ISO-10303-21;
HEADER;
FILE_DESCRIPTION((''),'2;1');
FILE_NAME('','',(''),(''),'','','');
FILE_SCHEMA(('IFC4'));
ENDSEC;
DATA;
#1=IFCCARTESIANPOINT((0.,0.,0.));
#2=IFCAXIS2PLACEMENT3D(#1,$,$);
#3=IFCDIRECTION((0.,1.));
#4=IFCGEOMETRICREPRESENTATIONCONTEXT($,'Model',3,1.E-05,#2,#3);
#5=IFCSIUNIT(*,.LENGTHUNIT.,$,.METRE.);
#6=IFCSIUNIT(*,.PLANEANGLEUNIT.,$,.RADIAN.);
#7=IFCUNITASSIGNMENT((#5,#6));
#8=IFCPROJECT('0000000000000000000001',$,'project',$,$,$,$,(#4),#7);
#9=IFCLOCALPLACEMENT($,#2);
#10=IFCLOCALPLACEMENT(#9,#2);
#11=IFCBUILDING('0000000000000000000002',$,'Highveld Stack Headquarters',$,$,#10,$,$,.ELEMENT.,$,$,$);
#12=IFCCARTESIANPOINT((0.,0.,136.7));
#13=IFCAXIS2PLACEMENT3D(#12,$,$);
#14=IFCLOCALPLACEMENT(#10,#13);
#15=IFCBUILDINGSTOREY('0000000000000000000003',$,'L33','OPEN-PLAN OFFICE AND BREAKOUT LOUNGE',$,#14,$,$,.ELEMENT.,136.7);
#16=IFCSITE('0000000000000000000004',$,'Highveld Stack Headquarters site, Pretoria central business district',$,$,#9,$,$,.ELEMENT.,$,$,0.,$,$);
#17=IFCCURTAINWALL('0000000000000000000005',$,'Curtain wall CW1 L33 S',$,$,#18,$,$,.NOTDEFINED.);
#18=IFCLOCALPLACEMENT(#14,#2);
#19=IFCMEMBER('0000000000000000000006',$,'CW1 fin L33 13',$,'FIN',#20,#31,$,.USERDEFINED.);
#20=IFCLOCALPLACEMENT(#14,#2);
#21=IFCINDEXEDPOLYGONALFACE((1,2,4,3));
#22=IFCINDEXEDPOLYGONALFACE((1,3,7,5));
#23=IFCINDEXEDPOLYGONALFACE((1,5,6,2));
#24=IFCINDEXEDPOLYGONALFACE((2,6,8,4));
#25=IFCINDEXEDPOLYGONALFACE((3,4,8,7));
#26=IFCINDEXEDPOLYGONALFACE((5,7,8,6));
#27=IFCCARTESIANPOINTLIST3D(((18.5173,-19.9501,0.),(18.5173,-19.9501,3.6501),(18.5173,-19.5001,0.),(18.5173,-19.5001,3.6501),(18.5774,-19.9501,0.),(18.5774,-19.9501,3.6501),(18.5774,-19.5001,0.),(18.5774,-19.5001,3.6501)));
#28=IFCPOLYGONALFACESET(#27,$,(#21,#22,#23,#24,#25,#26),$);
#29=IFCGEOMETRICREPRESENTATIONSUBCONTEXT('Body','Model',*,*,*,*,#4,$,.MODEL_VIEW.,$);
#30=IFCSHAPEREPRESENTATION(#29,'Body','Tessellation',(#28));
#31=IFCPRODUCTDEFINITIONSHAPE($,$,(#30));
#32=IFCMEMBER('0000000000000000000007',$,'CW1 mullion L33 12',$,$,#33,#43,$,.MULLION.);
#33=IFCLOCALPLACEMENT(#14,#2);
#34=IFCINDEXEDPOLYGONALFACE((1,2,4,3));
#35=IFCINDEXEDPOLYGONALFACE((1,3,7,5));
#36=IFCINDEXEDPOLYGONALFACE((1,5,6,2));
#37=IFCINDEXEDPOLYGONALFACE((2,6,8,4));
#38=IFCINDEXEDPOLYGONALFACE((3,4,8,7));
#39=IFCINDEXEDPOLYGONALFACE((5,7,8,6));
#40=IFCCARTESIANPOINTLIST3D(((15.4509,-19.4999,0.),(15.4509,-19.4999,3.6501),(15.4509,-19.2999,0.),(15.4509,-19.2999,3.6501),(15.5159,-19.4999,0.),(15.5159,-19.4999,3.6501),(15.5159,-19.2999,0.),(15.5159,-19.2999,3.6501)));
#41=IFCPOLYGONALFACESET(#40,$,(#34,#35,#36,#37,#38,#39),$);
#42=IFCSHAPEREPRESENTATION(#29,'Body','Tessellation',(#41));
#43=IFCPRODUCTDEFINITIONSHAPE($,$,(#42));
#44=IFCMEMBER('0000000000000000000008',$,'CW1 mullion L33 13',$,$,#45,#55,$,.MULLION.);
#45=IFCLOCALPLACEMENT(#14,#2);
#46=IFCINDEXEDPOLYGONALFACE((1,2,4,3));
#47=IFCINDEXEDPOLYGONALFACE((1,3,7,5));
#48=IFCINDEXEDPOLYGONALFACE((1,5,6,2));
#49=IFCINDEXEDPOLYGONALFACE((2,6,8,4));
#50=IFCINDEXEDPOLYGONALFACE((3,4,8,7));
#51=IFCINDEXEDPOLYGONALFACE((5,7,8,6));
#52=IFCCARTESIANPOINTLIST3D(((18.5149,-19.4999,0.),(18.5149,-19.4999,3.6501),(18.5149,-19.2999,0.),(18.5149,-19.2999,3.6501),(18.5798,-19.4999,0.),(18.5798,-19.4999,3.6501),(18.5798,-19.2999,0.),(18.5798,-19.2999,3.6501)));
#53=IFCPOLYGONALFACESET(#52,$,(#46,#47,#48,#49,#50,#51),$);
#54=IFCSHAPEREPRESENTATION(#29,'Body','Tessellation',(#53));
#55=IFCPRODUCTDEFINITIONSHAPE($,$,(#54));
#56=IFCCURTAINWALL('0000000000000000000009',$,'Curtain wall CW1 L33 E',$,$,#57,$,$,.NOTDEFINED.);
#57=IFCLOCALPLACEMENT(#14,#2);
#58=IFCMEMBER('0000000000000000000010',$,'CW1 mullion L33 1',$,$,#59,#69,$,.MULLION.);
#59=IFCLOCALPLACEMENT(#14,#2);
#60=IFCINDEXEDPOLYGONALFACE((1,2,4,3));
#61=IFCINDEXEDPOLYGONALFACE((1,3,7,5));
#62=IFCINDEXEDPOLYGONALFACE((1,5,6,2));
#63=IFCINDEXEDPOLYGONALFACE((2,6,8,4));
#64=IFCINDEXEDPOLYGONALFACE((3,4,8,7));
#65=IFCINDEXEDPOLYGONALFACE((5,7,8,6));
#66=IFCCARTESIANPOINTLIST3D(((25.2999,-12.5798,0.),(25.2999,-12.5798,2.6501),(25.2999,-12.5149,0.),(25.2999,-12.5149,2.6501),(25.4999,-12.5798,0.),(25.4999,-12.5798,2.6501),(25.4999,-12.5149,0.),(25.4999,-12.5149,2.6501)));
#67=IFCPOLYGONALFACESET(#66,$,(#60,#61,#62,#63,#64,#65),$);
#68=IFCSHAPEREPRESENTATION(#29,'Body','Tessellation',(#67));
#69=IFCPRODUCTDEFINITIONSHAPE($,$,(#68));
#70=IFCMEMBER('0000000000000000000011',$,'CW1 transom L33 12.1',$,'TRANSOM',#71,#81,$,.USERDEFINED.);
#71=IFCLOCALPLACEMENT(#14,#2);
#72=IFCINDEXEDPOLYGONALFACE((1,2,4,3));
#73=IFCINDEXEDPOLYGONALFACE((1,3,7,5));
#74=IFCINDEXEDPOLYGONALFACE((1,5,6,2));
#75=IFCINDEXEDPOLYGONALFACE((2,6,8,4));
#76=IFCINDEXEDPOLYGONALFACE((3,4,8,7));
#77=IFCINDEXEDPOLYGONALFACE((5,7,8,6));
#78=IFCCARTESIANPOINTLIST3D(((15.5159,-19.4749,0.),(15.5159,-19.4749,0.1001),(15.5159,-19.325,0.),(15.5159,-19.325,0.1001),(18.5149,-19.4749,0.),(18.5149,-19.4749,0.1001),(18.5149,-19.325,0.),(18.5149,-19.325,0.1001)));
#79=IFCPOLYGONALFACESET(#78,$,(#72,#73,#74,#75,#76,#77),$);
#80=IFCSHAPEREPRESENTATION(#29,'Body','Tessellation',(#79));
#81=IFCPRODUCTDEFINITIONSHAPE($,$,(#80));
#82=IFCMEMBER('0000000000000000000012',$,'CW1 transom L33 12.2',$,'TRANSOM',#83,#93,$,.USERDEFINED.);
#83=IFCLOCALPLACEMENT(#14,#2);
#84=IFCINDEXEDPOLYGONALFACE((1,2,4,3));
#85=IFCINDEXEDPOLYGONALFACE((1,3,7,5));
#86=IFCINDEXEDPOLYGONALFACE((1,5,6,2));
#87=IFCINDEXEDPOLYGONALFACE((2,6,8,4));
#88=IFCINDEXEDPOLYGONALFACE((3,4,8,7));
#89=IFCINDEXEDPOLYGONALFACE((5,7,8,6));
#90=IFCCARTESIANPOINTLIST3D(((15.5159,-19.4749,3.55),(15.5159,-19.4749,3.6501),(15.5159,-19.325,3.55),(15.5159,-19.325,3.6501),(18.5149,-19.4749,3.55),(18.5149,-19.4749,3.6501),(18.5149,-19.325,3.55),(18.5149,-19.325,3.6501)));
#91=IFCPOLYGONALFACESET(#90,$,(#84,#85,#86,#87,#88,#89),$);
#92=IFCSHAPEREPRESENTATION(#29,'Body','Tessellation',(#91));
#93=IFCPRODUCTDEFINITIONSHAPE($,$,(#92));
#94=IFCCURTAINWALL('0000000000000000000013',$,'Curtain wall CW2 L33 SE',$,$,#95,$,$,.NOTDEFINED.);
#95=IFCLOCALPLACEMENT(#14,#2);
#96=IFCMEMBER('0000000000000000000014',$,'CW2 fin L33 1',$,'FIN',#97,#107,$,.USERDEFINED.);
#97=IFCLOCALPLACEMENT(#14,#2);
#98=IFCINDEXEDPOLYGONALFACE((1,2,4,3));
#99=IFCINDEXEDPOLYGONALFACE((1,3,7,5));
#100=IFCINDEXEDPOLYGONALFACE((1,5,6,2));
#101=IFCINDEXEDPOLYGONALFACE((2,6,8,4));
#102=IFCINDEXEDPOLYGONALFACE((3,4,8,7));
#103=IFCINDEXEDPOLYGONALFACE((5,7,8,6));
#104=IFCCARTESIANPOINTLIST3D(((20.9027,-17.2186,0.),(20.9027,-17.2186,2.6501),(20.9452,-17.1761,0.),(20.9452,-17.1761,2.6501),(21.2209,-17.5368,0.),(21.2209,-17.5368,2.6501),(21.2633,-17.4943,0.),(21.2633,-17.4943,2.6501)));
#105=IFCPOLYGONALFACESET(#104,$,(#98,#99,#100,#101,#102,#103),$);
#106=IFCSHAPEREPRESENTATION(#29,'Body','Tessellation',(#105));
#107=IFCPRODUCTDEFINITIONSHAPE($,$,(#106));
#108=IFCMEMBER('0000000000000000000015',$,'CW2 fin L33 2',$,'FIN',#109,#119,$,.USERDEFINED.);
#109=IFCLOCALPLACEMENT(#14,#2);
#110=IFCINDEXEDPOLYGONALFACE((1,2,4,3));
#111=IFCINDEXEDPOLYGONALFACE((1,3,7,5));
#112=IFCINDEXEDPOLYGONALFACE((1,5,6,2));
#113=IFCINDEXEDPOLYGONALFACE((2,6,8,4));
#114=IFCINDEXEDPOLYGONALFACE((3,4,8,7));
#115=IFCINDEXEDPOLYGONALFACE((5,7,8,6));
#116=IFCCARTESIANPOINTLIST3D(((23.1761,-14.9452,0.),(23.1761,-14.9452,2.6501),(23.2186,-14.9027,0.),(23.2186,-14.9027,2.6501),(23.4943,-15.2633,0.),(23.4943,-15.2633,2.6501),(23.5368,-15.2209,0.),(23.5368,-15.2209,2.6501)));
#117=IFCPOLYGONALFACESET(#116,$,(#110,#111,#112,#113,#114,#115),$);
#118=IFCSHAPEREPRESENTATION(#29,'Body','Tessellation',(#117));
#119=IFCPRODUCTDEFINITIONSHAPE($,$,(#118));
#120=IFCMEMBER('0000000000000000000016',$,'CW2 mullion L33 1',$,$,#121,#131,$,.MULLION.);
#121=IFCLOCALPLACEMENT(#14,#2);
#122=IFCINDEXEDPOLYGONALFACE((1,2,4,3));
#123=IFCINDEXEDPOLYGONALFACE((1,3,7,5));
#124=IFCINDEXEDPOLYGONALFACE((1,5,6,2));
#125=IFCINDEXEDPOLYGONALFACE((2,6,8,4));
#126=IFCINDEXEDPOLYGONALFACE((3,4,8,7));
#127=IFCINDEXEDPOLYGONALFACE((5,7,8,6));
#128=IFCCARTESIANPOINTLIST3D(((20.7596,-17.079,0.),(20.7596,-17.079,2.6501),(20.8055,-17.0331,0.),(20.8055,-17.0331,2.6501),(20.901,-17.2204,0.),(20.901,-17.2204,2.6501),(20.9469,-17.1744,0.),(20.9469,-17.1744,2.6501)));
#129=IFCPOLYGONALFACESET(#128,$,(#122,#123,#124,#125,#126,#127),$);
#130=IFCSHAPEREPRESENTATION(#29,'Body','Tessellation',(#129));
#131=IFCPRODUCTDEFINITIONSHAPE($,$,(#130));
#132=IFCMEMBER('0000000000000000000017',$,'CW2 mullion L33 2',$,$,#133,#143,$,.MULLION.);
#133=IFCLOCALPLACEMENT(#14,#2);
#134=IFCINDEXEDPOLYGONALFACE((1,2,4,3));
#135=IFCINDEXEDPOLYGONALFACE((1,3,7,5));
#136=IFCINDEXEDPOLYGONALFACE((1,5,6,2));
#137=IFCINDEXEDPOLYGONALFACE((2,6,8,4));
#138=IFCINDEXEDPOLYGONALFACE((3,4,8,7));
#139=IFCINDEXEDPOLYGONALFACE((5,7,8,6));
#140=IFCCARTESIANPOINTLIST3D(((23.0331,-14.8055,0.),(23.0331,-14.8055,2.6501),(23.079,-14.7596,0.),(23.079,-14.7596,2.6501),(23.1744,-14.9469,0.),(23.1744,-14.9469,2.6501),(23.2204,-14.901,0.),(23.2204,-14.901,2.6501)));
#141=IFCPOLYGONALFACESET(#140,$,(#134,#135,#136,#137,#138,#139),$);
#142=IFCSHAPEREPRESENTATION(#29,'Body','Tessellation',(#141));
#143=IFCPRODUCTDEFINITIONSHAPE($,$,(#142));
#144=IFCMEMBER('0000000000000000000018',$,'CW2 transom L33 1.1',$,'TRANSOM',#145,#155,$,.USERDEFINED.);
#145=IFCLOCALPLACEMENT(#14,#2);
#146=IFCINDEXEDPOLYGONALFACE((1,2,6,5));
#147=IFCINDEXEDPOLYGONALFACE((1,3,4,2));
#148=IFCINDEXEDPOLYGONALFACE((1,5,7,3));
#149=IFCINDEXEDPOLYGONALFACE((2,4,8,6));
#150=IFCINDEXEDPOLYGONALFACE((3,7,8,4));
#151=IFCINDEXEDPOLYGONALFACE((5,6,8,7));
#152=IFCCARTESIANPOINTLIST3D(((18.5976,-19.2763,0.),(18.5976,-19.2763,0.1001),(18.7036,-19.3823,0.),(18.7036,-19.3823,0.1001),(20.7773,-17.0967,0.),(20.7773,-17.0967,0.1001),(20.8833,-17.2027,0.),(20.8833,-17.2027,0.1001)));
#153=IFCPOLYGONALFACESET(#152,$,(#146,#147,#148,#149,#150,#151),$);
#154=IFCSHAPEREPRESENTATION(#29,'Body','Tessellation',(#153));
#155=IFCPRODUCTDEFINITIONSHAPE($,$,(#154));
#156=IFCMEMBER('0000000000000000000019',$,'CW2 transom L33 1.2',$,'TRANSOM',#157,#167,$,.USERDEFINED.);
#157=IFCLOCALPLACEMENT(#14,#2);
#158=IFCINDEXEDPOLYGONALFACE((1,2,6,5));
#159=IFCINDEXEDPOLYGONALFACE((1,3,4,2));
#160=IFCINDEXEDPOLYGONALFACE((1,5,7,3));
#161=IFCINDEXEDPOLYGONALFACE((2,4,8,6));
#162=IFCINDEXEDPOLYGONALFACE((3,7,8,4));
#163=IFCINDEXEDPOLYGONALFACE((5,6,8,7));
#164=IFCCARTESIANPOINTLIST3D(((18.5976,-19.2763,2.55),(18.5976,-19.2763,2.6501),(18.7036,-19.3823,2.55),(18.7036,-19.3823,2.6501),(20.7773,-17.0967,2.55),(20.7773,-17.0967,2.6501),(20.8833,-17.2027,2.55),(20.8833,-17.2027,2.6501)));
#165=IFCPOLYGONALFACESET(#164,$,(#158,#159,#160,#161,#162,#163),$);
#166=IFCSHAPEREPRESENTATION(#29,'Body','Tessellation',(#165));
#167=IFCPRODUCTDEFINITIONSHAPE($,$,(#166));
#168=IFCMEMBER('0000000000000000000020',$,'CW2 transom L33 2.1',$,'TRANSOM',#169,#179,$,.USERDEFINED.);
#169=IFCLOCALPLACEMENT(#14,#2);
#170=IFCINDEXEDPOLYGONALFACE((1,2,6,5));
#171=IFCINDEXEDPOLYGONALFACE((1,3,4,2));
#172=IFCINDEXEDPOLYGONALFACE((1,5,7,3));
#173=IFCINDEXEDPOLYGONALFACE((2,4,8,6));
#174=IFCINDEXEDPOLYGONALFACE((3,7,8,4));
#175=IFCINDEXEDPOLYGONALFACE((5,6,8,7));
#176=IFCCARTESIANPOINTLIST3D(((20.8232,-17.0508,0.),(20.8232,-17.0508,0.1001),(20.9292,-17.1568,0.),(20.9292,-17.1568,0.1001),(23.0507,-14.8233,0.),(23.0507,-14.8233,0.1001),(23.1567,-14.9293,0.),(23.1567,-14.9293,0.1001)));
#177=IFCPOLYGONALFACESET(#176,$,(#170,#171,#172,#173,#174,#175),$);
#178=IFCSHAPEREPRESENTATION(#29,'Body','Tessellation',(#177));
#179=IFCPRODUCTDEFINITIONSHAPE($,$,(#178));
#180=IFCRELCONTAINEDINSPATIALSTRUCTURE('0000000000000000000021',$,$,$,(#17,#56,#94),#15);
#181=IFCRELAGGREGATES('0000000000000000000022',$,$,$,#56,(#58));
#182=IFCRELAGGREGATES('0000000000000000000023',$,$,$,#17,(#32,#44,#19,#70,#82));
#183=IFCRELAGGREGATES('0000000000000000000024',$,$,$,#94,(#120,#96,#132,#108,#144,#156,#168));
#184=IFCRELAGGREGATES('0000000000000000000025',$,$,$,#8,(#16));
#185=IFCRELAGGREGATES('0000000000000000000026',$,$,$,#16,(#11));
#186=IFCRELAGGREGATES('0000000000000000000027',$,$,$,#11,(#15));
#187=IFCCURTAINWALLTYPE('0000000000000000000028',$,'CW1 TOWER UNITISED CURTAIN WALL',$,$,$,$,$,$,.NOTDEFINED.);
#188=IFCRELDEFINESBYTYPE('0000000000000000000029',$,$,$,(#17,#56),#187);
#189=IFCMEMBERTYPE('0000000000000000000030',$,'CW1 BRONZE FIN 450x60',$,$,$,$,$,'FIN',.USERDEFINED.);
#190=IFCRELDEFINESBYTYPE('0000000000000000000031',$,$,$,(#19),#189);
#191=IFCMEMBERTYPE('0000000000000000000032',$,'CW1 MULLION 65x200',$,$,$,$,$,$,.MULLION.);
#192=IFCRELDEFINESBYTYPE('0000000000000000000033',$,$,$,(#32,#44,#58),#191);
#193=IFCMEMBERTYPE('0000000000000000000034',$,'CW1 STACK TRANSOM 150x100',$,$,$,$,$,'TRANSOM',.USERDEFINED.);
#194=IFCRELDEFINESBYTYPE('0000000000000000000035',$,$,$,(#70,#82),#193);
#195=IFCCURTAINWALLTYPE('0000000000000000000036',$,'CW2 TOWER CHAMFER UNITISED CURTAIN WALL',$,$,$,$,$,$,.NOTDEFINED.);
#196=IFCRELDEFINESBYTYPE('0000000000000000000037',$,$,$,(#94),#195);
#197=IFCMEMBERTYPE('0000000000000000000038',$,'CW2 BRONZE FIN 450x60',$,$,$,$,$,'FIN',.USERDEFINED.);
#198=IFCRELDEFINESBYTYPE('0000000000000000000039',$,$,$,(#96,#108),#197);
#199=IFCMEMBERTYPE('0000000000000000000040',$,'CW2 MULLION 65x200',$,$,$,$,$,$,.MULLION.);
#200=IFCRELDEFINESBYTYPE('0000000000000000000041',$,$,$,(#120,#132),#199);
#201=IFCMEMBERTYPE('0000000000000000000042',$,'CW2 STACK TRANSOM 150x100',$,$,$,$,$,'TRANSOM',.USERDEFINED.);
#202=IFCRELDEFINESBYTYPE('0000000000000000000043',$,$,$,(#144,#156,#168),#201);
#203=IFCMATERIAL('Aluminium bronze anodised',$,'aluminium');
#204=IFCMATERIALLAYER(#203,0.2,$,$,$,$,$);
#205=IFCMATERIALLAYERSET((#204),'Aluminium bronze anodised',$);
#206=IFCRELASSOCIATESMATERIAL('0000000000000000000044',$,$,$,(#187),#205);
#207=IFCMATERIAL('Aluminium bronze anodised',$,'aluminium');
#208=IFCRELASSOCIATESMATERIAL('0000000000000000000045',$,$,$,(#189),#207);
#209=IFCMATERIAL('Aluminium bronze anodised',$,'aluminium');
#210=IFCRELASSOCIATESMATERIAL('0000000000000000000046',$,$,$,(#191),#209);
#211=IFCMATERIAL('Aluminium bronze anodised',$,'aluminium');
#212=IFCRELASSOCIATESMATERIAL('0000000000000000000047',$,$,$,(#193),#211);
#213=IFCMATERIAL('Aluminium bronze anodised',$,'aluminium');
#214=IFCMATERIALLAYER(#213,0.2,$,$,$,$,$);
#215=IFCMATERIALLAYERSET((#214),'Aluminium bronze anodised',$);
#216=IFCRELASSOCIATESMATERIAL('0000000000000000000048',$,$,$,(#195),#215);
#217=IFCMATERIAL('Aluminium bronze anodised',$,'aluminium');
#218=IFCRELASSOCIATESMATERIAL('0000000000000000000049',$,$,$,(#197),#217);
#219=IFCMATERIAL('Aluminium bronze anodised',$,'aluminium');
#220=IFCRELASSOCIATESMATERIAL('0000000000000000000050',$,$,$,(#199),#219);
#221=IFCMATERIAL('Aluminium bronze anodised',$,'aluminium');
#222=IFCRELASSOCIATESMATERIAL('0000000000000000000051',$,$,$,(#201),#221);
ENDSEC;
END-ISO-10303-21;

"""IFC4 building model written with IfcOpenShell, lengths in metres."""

from ifc_helpers import new_model, si_unit, direction, frame, origin, origin_2d, place, context, subcontext, project, spatial, rectangle, extrude, material, layer, layer_set, material_profile, profile_set, type_object, element, aggregate, save


model = new_model("IFC4")

# Units and contexts
model_context = context("Model", 3, precision=1e-05, world=origin(), true_north=direction((0.0, 1.0)))
body_context = subcontext(model_context, "Body", "Model", "MODEL_VIEW")
ifc_project = project(units=[si_unit("LENGTHUNIT", "METRE"), si_unit("PLANEANGLEUNIT", "RADIAN")], contexts=[model_context])

# Site, building, storey
site_placement = place(None, origin())
site = spatial("IfcSite", under=ifc_project, at=site_placement, Name="Highveld Stack Headquarters site, Pretoria central business district", CompositionType="ELEMENT", RefElevation=0.0)
building_placement = place(site_placement, origin())
building = spatial("IfcBuilding", under=site, at=building_placement, Name="Highveld Stack Headquarters", CompositionType="ELEMENT")
storey_placement = place(building_placement, frame((0.0, 0.0, 136.7)))
storey = spatial("IfcBuildingStorey", under=building, at=storey_placement, Name="L33", Description="OPEN-PLAN OFFICE AND BREAKOUT LOUNGE", CompositionType="ELEMENT", Elevation=136.7)

# Curtain wall, members
ifc_material_1 = material(Name="Aluminium bronze anodised", Category="aluminium")
ifc_layer_1 = layer(ifc_material_1, 0.2)
ifc_layer_set_1 = layer_set([ifc_layer_1], Name="Aluminium bronze anodised")
curtain_wall_type_1 = type_object("IfcCurtainWallType", Name="CW1 TOWER UNITISED CURTAIN WALL", PredefinedType="NOTDEFINED", material=ifc_layer_set_1)
curtain_wall_1_placement = place(storey_placement, origin())
curtain_wall_1 = element("IfcCurtainWall", 1, at=curtain_wall_1_placement, inside=storey, type_object=curtain_wall_type_1, Name="Curtain wall CW1 L33 S", PredefinedType="NOTDEFINED")
ifc_material_2 = material(Name="Aluminium bronze anodised", Category="aluminium")
ifc_material_profile_1 = material_profile(ifc_material_2, rectangle(XDim=0.45, YDim=0.0601, at=origin_2d()), Name="FIN 450x60")
ifc_profile_set_1 = profile_set([ifc_material_profile_1], Name="Aluminium bronze anodised")
member_type_1 = type_object("IfcMemberType", Name="CW1 BRONZE FIN 450x60", ElementType="FIN", PredefinedType="USERDEFINED", material=ifc_profile_set_1)
member_1_placement = place(storey_placement, frame((18.5474, -19.7251, 0.0), z_axis=(0.0, 0.0, 1.0), x_axis=(0.0, 1.0, 0.0)))
member_1 = element("IfcMember", 2, at=member_1_placement, type_object=member_type_1, Name="CW1 fin L33 13", ObjectType="FIN", PredefinedType="USERDEFINED", context=body_context, shape_type="SweptSolid", body=[
    extrude(rectangle(XDim=0.45, YDim=0.0601, at=origin_2d()), origin(), (0.0, 0.0, 1.0), 3.6501),
])
ifc_material_3 = material(Name="Aluminium bronze anodised", Category="aluminium")
ifc_material_profile_2 = material_profile(ifc_material_3, rectangle(XDim=0.2, YDim=0.0649, at=origin_2d()), Name="CW1 MULLION 65x200")
ifc_profile_set_2 = profile_set([ifc_material_profile_2], Name="Aluminium bronze anodised")
member_type_2 = type_object("IfcMemberType", Name="CW1 MULLION 65x200", PredefinedType="MULLION", material=ifc_profile_set_2)
member_2_placement = place(storey_placement, frame((15.4834, -19.3999, 0.0), z_axis=(0.0, 0.0, 1.0), x_axis=(0.0, 1.0, 0.0)))
member_2 = element("IfcMember", 3, at=member_2_placement, type_object=member_type_2, Name="CW1 mullion L33 12", PredefinedType="MULLION", context=body_context, shape_type="SweptSolid", body=[
    extrude(rectangle(XDim=0.2, YDim=0.0649, at=origin_2d()), origin(), (0.0, 0.0, 1.0), 3.6501),
])
member_3_placement = place(storey_placement, frame((18.5474, -19.3999, 0.0), z_axis=(0.0, 0.0, 1.0), x_axis=(0.0, 1.0, 0.0)))
member_3 = element("IfcMember", 4, at=member_3_placement, type_object=member_type_2, Name="CW1 mullion L33 13", PredefinedType="MULLION", context=body_context, shape_type="SweptSolid", body=[
    extrude(rectangle(XDim=0.2, YDim=0.0649, at=origin_2d()), origin(), (0.0, 0.0, 1.0), 3.6501),
])

# Curtain wall, member
curtain_wall_2_placement = place(storey_placement, origin())
curtain_wall_2 = element("IfcCurtainWall", 5, at=curtain_wall_2_placement, inside=storey, type_object=curtain_wall_type_1, Name="Curtain wall CW1 L33 E", PredefinedType="NOTDEFINED")
member_4_placement = place(storey_placement, frame((25.3999, -12.5474, 0.0), z_axis=(0.0, 0.0, 1.0), x_axis=(-1.0, 0.0, 0.0)))
member_4 = element("IfcMember", 6, at=member_4_placement, type_object=member_type_2, Name="CW1 mullion L33 1", PredefinedType="MULLION", context=body_context, shape_type="SweptSolid", body=[
    extrude(rectangle(XDim=0.2, YDim=0.0649, at=origin_2d()), origin(), (0.0, 0.0, 1.0), 2.6501),
])
aggregate(curtain_wall_2, [member_4])

# Members
ifc_material_4 = material(Name="Aluminium bronze anodised", Category="aluminium")
ifc_material_profile_3 = material_profile(ifc_material_4, rectangle(XDim=0.1499, YDim=0.1001, at=origin_2d()), Name="CW1 TRANSOM 150x100")
ifc_profile_set_3 = profile_set([ifc_material_profile_3], Name="Aluminium bronze anodised")
member_type_3 = type_object("IfcMemberType", Name="CW1 STACK TRANSOM 150x100", ElementType="TRANSOM", PredefinedType="USERDEFINED", material=ifc_profile_set_3)
member_5_placement = place(storey_placement, frame((15.5159, -19.3999, 0.05), z_axis=(1.0, 0.0, 0.0), x_axis=(0.0, 1.0, 0.0)))
member_5 = element("IfcMember", 7, at=member_5_placement, type_object=member_type_3, Name="CW1 transom L33 12.1", ObjectType="TRANSOM", PredefinedType="USERDEFINED", context=body_context, shape_type="SweptSolid", body=[
    extrude(rectangle(XDim=0.1499, YDim=0.1001, at=origin_2d()), origin(), (0.0, 0.0, 1.0), 2.999),
])
member_6_placement = place(storey_placement, frame((15.5159, -19.3999, 3.6001), z_axis=(1.0, 0.0, 0.0), x_axis=(0.0, 1.0, 0.0)))
member_6 = element("IfcMember", 8, at=member_6_placement, type_object=member_type_3, Name="CW1 transom L33 12.2", ObjectType="TRANSOM", PredefinedType="USERDEFINED", context=body_context, shape_type="SweptSolid", body=[
    extrude(rectangle(XDim=0.1499, YDim=0.1001, at=origin_2d()), origin(), (0.0, 0.0, 1.0), 2.999),
])

# Curtain wall, members
ifc_material_5 = material(Name="Aluminium bronze anodised", Category="aluminium")
ifc_layer_2 = layer(ifc_material_5, 0.2)
ifc_layer_set_2 = layer_set([ifc_layer_2], Name="Aluminium bronze anodised")
curtain_wall_type_2 = type_object("IfcCurtainWallType", Name="CW2 TOWER CHAMFER UNITISED CURTAIN WALL", PredefinedType="NOTDEFINED", material=ifc_layer_set_2)
curtain_wall_3_placement = place(storey_placement, origin())
curtain_wall_3 = element("IfcCurtainWall", 9, at=curtain_wall_3_placement, inside=storey, type_object=curtain_wall_type_2, Name="Curtain wall CW2 L33 SE", PredefinedType="NOTDEFINED")
ifc_material_6 = material(Name="Aluminium bronze anodised", Category="aluminium")
ifc_material_profile_4 = material_profile(ifc_material_6, rectangle(XDim=0.45, YDim=0.0601, at=origin_2d()), Name="FIN 450x60")
ifc_profile_set_4 = profile_set([ifc_material_profile_4], Name="Aluminium bronze anodised")
member_type_4 = type_object("IfcMemberType", Name="CW2 BRONZE FIN 450x60", ElementType="FIN", PredefinedType="USERDEFINED", material=ifc_profile_set_4)
member_7_placement = place(storey_placement, frame((21.083, -17.3564, 0.0), z_axis=(0.0, 0.0, 1.0), x_axis=(-0.707107, 0.707107, 0.0)))
member_7 = element("IfcMember", 10, at=member_7_placement, type_object=member_type_4, Name="CW2 fin L33 1", ObjectType="FIN", PredefinedType="USERDEFINED", context=body_context, shape_type="SweptSolid", body=[
    extrude(rectangle(XDim=0.45, YDim=0.0601, at=origin_2d()), origin(), (0.0, 0.0, 1.0), 2.6501),
])
member_8_placement = place(storey_placement, frame((23.3564, -15.083, 0.0), z_axis=(0.0, 0.0, 1.0), x_axis=(-0.707107, 0.707107, 0.0)))
member_8 = element("IfcMember", 11, at=member_8_placement, type_object=member_type_4, Name="CW2 fin L33 2", ObjectType="FIN", PredefinedType="USERDEFINED", context=body_context, shape_type="SweptSolid", body=[
    extrude(rectangle(XDim=0.45, YDim=0.0601, at=origin_2d()), origin(), (0.0, 0.0, 1.0), 2.6501),
])
ifc_material_7 = material(Name="Aluminium bronze anodised", Category="aluminium")
ifc_material_profile_5 = material_profile(ifc_material_7, rectangle(XDim=0.2, YDim=0.0649, at=origin_2d()), Name="CW2 MULLION 65x200")
ifc_profile_set_5 = profile_set([ifc_material_profile_5], Name="Aluminium bronze anodised")
member_type_5 = type_object("IfcMemberType", Name="CW2 MULLION 65x200", PredefinedType="MULLION", material=ifc_profile_set_5)
member_9_placement = place(storey_placement, frame((20.8533, -17.1267, 0.0), z_axis=(0.0, 0.0, 1.0), x_axis=(-0.707107, 0.707107, 0.0)))
member_9 = element("IfcMember", 12, at=member_9_placement, type_object=member_type_5, Name="CW2 mullion L33 1", PredefinedType="MULLION", context=body_context, shape_type="SweptSolid", body=[
    extrude(rectangle(XDim=0.2, YDim=0.0649, at=origin_2d()), origin(), (0.0, 0.0, 1.0), 2.6501),
])
member_10_placement = place(storey_placement, frame((23.1267, -14.8533, 0.0), z_axis=(0.0, 0.0, 1.0), x_axis=(-0.707107, 0.707107, 0.0)))
member_10 = element("IfcMember", 13, at=member_10_placement, type_object=member_type_5, Name="CW2 mullion L33 2", PredefinedType="MULLION", context=body_context, shape_type="SweptSolid", body=[
    extrude(rectangle(XDim=0.2, YDim=0.0649, at=origin_2d()), origin(), (0.0, 0.0, 1.0), 2.6501),
])
ifc_material_8 = material(Name="Aluminium bronze anodised", Category="aluminium")
ifc_material_profile_6 = material_profile(ifc_material_8, rectangle(XDim=0.1499, YDim=0.1001, at=origin_2d()), Name="CW2 TRANSOM 150x100")
ifc_profile_set_6 = profile_set([ifc_material_profile_6], Name="Aluminium bronze anodised")
member_type_6 = type_object("IfcMemberType", Name="CW2 STACK TRANSOM 150x100", ElementType="TRANSOM", PredefinedType="USERDEFINED", material=ifc_profile_set_6)
member_11_placement = place(storey_placement, frame((18.6506, -19.3293, 0.05), z_axis=(0.707107, 0.707107, 0.0), x_axis=(-0.707107, 0.707107, 0.0)))
member_11 = element("IfcMember", 14, at=member_11_placement, type_object=member_type_6, Name="CW2 transom L33 1.1", ObjectType="TRANSOM", PredefinedType="USERDEFINED", context=body_context, shape_type="SweptSolid", body=[
    extrude(rectangle(XDim=0.1499, YDim=0.1001, at=origin_2d()), origin(), (0.0, 0.0, 1.0), 3.0825),
])
member_12_placement = place(storey_placement, frame((18.6506, -19.3293, 2.6001), z_axis=(0.707107, 0.707107, 0.0), x_axis=(-0.707107, 0.707107, 0.0)))
member_12 = element("IfcMember", 15, at=member_12_placement, type_object=member_type_6, Name="CW2 transom L33 1.2", ObjectType="TRANSOM", PredefinedType="USERDEFINED", context=body_context, shape_type="SweptSolid", body=[
    extrude(rectangle(XDim=0.1499, YDim=0.1001, at=origin_2d()), origin(), (0.0, 0.0, 1.0), 3.0825),
])
member_13_placement = place(storey_placement, frame((20.8762, -17.1038, 0.05), z_axis=(0.707107, 0.707107, 0.0), x_axis=(-0.707107, 0.707107, 0.0)))
member_13 = element("IfcMember", 16, at=member_13_placement, type_object=member_type_6, Name="CW2 transom L33 2.1", ObjectType="TRANSOM", PredefinedType="USERDEFINED", context=body_context, shape_type="SweptSolid", body=[
    extrude(rectangle(XDim=0.1499, YDim=0.1001, at=origin_2d()), origin(), (0.0, 0.0, 1.0), 3.1501),
])

aggregate(curtain_wall_1, [member_2, member_3, member_1, member_5, member_6])
aggregate(curtain_wall_3, [member_9, member_7, member_10, member_8, member_11, member_12, member_13])

save(model, "model.ifc")
